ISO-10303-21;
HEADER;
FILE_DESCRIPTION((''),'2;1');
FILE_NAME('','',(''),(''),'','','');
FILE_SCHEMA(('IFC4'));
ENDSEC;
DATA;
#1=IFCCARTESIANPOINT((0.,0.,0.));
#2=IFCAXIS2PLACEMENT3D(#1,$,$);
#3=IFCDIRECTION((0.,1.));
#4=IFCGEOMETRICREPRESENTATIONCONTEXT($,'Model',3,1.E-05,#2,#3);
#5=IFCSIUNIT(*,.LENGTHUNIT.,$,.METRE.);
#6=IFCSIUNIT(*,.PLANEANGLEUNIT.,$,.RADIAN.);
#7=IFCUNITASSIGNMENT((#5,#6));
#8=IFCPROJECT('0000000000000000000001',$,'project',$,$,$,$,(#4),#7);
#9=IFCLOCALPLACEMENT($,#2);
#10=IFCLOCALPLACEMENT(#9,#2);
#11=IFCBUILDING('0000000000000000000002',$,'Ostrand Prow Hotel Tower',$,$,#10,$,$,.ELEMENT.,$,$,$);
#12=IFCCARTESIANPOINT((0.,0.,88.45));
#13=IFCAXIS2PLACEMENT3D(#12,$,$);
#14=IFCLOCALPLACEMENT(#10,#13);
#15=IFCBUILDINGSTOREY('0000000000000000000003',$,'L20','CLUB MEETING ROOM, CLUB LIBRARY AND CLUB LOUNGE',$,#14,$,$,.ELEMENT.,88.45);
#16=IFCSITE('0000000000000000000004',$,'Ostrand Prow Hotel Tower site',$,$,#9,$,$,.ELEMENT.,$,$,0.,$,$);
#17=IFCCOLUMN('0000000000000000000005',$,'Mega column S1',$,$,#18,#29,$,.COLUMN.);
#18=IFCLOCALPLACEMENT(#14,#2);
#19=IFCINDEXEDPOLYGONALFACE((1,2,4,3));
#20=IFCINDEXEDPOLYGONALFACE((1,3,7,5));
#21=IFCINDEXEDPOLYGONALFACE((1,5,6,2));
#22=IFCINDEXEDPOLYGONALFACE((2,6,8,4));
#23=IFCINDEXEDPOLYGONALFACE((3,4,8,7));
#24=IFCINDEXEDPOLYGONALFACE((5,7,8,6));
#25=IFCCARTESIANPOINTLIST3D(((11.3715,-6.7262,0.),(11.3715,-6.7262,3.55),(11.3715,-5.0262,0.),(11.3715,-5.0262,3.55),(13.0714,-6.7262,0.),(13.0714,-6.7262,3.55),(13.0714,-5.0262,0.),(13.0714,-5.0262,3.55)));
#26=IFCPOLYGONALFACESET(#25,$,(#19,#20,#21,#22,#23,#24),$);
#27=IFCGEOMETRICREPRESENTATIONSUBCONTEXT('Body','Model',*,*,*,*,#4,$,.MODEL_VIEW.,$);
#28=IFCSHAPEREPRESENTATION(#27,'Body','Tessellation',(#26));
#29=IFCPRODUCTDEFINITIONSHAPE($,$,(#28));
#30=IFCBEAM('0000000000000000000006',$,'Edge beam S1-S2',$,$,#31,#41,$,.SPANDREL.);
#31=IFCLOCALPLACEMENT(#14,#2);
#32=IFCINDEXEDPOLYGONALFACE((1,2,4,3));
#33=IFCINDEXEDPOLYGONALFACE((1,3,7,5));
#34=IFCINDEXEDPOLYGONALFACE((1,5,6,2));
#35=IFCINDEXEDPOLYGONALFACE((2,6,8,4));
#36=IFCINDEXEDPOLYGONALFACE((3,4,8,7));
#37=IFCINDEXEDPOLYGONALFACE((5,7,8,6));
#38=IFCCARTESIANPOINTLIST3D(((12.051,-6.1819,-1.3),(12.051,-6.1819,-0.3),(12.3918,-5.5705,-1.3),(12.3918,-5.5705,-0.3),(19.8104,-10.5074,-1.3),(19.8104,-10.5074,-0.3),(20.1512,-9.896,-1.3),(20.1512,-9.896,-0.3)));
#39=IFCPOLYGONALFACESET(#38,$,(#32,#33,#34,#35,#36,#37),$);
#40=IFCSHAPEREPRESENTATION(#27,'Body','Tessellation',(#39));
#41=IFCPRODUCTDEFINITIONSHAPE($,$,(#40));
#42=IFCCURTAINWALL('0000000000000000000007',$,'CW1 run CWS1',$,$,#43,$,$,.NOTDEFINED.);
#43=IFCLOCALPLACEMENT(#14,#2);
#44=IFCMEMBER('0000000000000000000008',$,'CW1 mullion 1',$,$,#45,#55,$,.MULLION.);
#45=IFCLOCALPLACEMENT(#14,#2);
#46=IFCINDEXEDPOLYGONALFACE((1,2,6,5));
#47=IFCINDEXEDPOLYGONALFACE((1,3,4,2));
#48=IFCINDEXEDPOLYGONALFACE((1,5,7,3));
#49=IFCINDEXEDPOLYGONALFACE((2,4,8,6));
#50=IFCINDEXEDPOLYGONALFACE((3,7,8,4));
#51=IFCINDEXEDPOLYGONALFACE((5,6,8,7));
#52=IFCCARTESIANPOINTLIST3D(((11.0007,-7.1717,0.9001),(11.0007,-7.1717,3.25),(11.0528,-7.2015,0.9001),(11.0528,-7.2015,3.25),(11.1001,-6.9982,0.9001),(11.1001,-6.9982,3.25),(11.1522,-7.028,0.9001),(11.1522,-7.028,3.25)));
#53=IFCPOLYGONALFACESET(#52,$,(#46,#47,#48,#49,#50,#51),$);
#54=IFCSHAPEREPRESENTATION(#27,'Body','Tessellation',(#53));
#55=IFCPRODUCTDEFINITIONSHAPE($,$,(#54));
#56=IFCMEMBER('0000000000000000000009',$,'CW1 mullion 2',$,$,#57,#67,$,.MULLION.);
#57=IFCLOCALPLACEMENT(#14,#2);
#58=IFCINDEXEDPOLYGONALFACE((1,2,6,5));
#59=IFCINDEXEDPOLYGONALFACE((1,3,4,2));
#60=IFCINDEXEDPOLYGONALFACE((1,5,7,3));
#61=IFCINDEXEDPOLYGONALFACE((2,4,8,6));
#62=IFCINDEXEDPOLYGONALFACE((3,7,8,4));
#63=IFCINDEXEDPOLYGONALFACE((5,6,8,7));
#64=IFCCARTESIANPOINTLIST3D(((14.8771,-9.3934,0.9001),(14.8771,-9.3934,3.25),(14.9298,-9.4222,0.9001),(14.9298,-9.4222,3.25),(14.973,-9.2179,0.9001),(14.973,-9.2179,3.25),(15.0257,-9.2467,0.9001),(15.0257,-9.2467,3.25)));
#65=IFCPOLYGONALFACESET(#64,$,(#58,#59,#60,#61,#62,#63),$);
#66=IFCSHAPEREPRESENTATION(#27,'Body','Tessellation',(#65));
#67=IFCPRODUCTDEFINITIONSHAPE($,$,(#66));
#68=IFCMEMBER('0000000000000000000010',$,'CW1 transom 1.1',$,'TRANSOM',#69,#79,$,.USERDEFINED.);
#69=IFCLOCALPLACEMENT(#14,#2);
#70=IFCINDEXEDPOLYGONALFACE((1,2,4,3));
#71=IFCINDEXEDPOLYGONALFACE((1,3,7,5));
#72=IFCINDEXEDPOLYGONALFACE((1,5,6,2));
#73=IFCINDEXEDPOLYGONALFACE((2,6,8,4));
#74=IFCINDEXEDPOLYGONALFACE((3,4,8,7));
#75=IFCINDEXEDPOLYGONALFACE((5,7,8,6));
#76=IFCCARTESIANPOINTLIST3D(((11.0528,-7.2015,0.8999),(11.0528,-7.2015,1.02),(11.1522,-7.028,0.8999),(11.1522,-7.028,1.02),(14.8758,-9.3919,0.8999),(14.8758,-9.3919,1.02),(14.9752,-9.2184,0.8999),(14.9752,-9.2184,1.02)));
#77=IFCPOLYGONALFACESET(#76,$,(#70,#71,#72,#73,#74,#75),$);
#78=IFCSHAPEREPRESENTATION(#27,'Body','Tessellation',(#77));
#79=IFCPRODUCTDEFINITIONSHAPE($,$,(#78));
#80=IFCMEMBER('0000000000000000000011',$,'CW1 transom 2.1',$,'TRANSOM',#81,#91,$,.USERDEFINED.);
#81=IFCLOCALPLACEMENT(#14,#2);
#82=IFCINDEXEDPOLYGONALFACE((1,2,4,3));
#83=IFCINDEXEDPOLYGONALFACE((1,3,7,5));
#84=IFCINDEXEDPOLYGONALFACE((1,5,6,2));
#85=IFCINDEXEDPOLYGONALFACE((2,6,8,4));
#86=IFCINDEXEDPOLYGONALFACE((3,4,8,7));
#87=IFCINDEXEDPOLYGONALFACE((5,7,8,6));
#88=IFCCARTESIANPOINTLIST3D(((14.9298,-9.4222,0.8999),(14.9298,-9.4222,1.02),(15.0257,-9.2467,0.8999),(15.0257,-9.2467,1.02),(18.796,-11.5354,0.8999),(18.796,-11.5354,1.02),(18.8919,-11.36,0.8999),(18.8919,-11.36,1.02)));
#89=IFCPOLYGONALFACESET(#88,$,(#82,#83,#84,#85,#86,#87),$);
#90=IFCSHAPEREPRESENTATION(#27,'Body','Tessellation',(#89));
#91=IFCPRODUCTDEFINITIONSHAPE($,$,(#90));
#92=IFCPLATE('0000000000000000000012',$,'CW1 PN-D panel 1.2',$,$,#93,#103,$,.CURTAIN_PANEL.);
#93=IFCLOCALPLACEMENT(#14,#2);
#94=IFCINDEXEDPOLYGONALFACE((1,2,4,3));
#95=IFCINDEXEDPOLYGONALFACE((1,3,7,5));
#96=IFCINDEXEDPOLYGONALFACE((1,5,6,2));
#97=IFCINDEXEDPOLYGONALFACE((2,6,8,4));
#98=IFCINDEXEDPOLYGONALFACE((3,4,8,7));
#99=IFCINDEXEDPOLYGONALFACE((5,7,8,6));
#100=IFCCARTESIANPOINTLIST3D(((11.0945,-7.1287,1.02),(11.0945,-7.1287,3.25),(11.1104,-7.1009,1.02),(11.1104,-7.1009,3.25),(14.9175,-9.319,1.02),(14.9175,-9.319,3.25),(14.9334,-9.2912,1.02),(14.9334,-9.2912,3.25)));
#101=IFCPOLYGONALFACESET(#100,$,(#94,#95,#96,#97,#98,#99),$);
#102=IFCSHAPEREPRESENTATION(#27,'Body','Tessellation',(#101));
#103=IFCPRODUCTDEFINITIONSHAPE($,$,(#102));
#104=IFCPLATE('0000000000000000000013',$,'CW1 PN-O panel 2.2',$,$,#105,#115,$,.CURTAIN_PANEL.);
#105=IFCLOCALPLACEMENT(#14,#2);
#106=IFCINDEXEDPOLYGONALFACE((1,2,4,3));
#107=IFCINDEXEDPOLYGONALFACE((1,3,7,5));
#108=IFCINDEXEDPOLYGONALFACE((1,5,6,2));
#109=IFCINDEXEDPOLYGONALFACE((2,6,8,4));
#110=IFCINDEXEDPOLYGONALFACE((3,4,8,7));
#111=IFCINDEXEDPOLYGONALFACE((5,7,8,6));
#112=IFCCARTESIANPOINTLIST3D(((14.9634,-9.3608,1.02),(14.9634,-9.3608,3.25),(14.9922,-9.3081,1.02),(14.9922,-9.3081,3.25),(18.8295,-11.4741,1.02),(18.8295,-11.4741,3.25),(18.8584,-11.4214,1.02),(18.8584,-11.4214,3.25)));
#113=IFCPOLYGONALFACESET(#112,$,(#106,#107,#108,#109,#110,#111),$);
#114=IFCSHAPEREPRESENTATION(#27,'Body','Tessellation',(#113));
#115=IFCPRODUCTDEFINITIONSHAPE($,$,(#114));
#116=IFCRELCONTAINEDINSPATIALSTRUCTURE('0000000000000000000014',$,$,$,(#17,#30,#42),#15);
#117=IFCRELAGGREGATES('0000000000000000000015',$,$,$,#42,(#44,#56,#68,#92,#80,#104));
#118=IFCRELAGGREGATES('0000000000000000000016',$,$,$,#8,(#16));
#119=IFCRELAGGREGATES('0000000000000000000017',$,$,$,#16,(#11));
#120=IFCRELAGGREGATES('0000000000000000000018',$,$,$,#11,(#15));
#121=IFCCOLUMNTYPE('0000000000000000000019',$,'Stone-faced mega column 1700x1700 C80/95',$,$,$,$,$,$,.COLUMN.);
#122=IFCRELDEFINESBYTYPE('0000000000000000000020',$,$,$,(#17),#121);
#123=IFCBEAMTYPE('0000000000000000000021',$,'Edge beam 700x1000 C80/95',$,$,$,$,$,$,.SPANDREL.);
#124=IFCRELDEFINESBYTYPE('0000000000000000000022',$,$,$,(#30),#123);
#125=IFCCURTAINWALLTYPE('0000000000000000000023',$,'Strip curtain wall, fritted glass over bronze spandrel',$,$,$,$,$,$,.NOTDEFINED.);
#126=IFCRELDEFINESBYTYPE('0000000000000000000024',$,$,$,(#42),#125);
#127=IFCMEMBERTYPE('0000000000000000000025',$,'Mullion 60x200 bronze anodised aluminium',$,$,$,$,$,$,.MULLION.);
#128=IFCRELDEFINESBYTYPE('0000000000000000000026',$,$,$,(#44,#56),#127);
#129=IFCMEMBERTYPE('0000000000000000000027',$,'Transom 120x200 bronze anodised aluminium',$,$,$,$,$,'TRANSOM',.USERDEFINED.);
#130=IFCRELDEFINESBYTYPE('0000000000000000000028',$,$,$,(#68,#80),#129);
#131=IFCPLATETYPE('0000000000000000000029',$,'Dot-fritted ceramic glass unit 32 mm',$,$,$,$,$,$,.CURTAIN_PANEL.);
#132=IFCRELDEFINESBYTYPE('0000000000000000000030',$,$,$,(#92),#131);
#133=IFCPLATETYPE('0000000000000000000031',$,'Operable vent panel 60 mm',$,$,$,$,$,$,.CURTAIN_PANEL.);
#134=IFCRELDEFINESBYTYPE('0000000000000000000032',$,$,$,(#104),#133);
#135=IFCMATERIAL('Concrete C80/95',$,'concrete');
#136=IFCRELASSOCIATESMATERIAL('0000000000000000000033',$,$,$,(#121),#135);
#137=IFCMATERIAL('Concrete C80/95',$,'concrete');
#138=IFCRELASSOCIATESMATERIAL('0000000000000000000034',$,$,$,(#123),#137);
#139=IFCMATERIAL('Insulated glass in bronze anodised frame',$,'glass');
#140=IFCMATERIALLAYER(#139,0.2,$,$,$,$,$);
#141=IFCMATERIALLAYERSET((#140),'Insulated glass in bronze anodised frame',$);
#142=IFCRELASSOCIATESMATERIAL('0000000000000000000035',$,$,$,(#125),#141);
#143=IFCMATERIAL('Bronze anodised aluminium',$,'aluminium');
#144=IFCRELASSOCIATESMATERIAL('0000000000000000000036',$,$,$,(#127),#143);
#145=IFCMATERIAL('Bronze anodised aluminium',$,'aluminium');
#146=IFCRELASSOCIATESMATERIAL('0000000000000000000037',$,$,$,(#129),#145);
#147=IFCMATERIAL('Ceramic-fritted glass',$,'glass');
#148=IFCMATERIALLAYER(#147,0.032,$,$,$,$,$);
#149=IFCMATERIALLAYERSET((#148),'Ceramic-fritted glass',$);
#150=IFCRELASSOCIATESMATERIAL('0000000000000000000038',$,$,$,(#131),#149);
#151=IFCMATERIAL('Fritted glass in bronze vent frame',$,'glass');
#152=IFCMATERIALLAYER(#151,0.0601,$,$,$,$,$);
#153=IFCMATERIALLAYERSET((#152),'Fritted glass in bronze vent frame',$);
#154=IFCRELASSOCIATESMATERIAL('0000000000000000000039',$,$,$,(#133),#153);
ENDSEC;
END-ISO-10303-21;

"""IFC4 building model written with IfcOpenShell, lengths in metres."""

from ifc_helpers import new_model, si_unit, direction, frame, origin, origin_2d, place, context, subcontext, project, spatial, rectangle, extrude, material, layer, layer_set, material_profile, profile_set, type_object, element, aggregate, save


model = new_model("IFC4")

# Units and contexts
model_context = context("Model", 3, precision=1e-05, world=origin(), true_north=direction((0.0, 1.0)))
body_context = subcontext(model_context, "Body", "Model", "MODEL_VIEW")
ifc_project = project(units=[si_unit("LENGTHUNIT", "METRE"), si_unit("PLANEANGLEUNIT", "RADIAN")], contexts=[model_context])

# Site, building, storey
site_placement = place(None, origin())
site = spatial("IfcSite", under=ifc_project, at=site_placement, Name="Ostrand Prow Hotel Tower site", CompositionType="ELEMENT", RefElevation=0.0)
building_placement = place(site_placement, origin())
building = spatial("IfcBuilding", under=site, at=building_placement, Name="Ostrand Prow Hotel Tower", CompositionType="ELEMENT")
storey_placement = place(building_placement, frame((0.0, 0.0, 88.45)))
storey = spatial("IfcBuildingStorey", under=building, at=storey_placement, Name="L20", Description="CLUB MEETING ROOM, CLUB LIBRARY AND CLUB LOUNGE", CompositionType="ELEMENT", Elevation=88.45)

# Column
ifc_material_1 = material(Name="Concrete C80/95", Category="concrete")
ifc_material_profile_1 = material_profile(ifc_material_1, rectangle(XDim=1.7, YDim=1.7, at=origin_2d()), Name="RC 1700x1700")
ifc_profile_set_1 = profile_set([ifc_material_profile_1], Name="Concrete C80/95")
column_type = type_object("IfcColumnType", Name="Stone-faced mega column 1700x1700 C80/95", PredefinedType="COLUMN", material=ifc_profile_set_1)
column_placement = place(storey_placement, frame((12.2214, -5.8762, 0.0), z_axis=(0.0, 0.0, 1.0), x_axis=(1.0, 0.0, 0.0)))
element("IfcColumn", 1, at=column_placement, inside=storey, type_object=column_type, Name="Mega column S1", PredefinedType="COLUMN", context=body_context, shape_type="SweptSolid", body=[
    extrude(rectangle(XDim=1.7, YDim=1.7, at=origin_2d()), origin(), (0.0, 0.0, 1.0), 3.55),
])

# Beam
ifc_material_2 = material(Name="Concrete C80/95", Category="concrete")
ifc_material_profile_2 = material_profile(ifc_material_2, rectangle(XDim=0.7, YDim=1.0, at=origin_2d()), Name="RC 700x1000")
ifc_profile_set_2 = profile_set([ifc_material_profile_2], Name="Concrete C80/95")
beam_type = type_object("IfcBeamType", Name="Edge beam 700x1000 C80/95", PredefinedType="SPANDREL", material=ifc_profile_set_2)
beam_placement = place(storey_placement, frame((12.2214, -5.8762, -0.8), z_axis=(0.873452, -0.486909, 0.0), x_axis=(0.486909, 0.873452, 0.0)))
element("IfcBeam", 2, at=beam_placement, inside=storey, type_object=beam_type, Name="Edge beam S1-S2", PredefinedType="SPANDREL", context=body_context, shape_type="SweptSolid", body=[
    extrude(rectangle(XDim=0.7, YDim=1.0, at=origin_2d()), origin(), (0.0, 0.0, 1.0), 8.8835),
])

# Curtain wall, members, plates
ifc_material_3 = material(Name="Insulated glass in bronze anodised frame", Category="glass")
ifc_layer_1 = layer(ifc_material_3, 0.2)
ifc_layer_set_1 = layer_set([ifc_layer_1], Name="Insulated glass in bronze anodised frame")
curtain_wall_type = type_object("IfcCurtainWallType", Name="Strip curtain wall, fritted glass over bronze spandrel", PredefinedType="NOTDEFINED", material=ifc_layer_set_1)
curtain_wall_placement = place(storey_placement, origin())
curtain_wall = element("IfcCurtainWall", 3, at=curtain_wall_placement, inside=storey, type_object=curtain_wall_type, Name="CW1 run CWS1", PredefinedType="NOTDEFINED")
ifc_material_4 = material(Name="Bronze anodised aluminium", Category="aluminium")
ifc_material_profile_3 = material_profile(ifc_material_4, rectangle(XDim=0.2, YDim=0.0601, at=origin_2d()), Name="Mullion 60x200 bronze anodised aluminium")
ifc_profile_set_3 = profile_set([ifc_material_profile_3], Name="Bronze anodised aluminium")
member_type_1 = type_object("IfcMemberType", Name="Mullion 60x200 bronze anodised aluminium", PredefinedType="MULLION", material=ifc_profile_set_3)
member_1_placement = place(storey_placement, frame((11.0764, -7.0999, 0.9001), z_axis=(0.0, 0.0, 1.0), x_axis=(0.497115, 0.867685, 0.0)))
member_1 = element("IfcMember", 4, at=member_1_placement, type_object=member_type_1, Name="CW1 mullion 1", PredefinedType="MULLION", context=body_context, shape_type="SweptSolid", body=[
    extrude(rectangle(XDim=0.2, YDim=0.0601, at=origin_2d()), origin(), (0.0, 0.0, 1.0), 2.3499),
])
member_2_placement = place(storey_placement, frame((14.9514, -9.3201, 0.9001), z_axis=(0.0, 0.0, 1.0), x_axis=(0.479637, 0.877467, 0.0)))
member_2 = element("IfcMember", 5, at=member_2_placement, type_object=member_type_1, Name="CW1 mullion 2", PredefinedType="MULLION", context=body_context, shape_type="SweptSolid", body=[
    extrude(rectangle(XDim=0.2, YDim=0.0601, at=origin_2d()), origin(), (0.0, 0.0, 1.0), 2.3499),
])
ifc_material_5 = material(Name="Bronze anodised aluminium", Category="aluminium")
ifc_material_profile_4 = material_profile(ifc_material_5, rectangle(XDim=0.2, YDim=0.1201, at=origin_2d()), Name="Transom 120x200 bronze anodised aluminium")
ifc_profile_set_4 = profile_set([ifc_material_profile_4], Name="Bronze anodised aluminium")
member_type_2 = type_object("IfcMemberType", Name="Transom 120x200 bronze anodised aluminium", ElementType="TRANSOM", PredefinedType="USERDEFINED", material=ifc_profile_set_4)
member_3_placement = place(storey_placement, frame((11.1025, -7.1147, 0.96), z_axis=(0.86767, -0.497141, 0.0), x_axis=(0.497141, 0.86767, 0.0)))
member_3 = element("IfcMember", 6, at=member_3_placement, type_object=member_type_2, Name="CW1 transom 1.1", ObjectType="TRANSOM", PredefinedType="USERDEFINED", context=body_context, shape_type="SweptSolid", body=[
    extrude(rectangle(XDim=0.2, YDim=0.1201, at=origin_2d()), origin(), (0.0, 0.0, 1.0), 4.406),
])
member_4_placement = place(storey_placement, frame((14.9778, -9.3345, 0.96), z_axis=(0.877472, -0.479628, 0.0), x_axis=(0.479628, 0.877472, 0.0)))
member_4 = element("IfcMember", 7, at=member_4_placement, type_object=member_type_2, Name="CW1 transom 2.1", ObjectType="TRANSOM", PredefinedType="USERDEFINED", context=body_context, shape_type="SweptSolid", body=[
    extrude(rectangle(XDim=0.2, YDim=0.1201, at=origin_2d()), origin(), (0.0, 0.0, 1.0), 4.406),
])
ifc_material_6 = material(Name="Ceramic-fritted glass", Category="glass")
ifc_layer_2 = layer(ifc_material_6, 0.032)
ifc_layer_set_2 = layer_set([ifc_layer_2], Name="Ceramic-fritted glass")
plate_type_1 = type_object("IfcPlateType", Name="Dot-fritted ceramic glass unit 32 mm", PredefinedType="CURTAIN_PANEL", material=ifc_layer_set_2)
plate_1_placement = place(storey_placement, frame((13.0139, -8.21, 1.02), z_axis=(0.0, 0.0, 1.0), x_axis=(0.867685, -0.497115, 0.0)))
plate_1 = element("IfcPlate", 8, at=plate_1_placement, type_object=plate_type_1, Name="CW1 PN-D panel 1.2", PredefinedType="CURTAIN_PANEL", context=body_context, shape_type="SweptSolid", body=[
    extrude(rectangle(XDim=4.406, YDim=0.032, at=origin_2d()), origin(), (0.0, 0.0, 1.0), 2.23),
])
ifc_material_7 = material(Name="Fritted glass in bronze vent frame", Category="glass")
ifc_layer_3 = layer(ifc_material_7, 0.0601)
ifc_layer_set_3 = layer_set([ifc_layer_3], Name="Fritted glass in bronze vent frame")
plate_type_2 = type_object("IfcPlateType", Name="Operable vent panel 60 mm", PredefinedType="CURTAIN_PANEL", material=ifc_layer_set_3)
plate_2_placement = place(storey_placement, frame((16.9109, -10.3911, 1.02), z_axis=(0.0, 0.0, 1.0), x_axis=(0.877467, -0.479637, 0.0)))
plate_2 = element("IfcPlate", 9, at=plate_2_placement, type_object=plate_type_2, Name="CW1 PN-O panel 2.2", PredefinedType="CURTAIN_PANEL", context=body_context, shape_type="SweptSolid", body=[
    extrude(rectangle(XDim=4.406, YDim=0.0601, at=origin_2d()), origin(), (0.0, 0.0, 1.0), 2.23),
])
aggregate(curtain_wall, [member_1, member_2, member_3, plate_1, member_4, plate_2])

save(model, "model.ifc")
